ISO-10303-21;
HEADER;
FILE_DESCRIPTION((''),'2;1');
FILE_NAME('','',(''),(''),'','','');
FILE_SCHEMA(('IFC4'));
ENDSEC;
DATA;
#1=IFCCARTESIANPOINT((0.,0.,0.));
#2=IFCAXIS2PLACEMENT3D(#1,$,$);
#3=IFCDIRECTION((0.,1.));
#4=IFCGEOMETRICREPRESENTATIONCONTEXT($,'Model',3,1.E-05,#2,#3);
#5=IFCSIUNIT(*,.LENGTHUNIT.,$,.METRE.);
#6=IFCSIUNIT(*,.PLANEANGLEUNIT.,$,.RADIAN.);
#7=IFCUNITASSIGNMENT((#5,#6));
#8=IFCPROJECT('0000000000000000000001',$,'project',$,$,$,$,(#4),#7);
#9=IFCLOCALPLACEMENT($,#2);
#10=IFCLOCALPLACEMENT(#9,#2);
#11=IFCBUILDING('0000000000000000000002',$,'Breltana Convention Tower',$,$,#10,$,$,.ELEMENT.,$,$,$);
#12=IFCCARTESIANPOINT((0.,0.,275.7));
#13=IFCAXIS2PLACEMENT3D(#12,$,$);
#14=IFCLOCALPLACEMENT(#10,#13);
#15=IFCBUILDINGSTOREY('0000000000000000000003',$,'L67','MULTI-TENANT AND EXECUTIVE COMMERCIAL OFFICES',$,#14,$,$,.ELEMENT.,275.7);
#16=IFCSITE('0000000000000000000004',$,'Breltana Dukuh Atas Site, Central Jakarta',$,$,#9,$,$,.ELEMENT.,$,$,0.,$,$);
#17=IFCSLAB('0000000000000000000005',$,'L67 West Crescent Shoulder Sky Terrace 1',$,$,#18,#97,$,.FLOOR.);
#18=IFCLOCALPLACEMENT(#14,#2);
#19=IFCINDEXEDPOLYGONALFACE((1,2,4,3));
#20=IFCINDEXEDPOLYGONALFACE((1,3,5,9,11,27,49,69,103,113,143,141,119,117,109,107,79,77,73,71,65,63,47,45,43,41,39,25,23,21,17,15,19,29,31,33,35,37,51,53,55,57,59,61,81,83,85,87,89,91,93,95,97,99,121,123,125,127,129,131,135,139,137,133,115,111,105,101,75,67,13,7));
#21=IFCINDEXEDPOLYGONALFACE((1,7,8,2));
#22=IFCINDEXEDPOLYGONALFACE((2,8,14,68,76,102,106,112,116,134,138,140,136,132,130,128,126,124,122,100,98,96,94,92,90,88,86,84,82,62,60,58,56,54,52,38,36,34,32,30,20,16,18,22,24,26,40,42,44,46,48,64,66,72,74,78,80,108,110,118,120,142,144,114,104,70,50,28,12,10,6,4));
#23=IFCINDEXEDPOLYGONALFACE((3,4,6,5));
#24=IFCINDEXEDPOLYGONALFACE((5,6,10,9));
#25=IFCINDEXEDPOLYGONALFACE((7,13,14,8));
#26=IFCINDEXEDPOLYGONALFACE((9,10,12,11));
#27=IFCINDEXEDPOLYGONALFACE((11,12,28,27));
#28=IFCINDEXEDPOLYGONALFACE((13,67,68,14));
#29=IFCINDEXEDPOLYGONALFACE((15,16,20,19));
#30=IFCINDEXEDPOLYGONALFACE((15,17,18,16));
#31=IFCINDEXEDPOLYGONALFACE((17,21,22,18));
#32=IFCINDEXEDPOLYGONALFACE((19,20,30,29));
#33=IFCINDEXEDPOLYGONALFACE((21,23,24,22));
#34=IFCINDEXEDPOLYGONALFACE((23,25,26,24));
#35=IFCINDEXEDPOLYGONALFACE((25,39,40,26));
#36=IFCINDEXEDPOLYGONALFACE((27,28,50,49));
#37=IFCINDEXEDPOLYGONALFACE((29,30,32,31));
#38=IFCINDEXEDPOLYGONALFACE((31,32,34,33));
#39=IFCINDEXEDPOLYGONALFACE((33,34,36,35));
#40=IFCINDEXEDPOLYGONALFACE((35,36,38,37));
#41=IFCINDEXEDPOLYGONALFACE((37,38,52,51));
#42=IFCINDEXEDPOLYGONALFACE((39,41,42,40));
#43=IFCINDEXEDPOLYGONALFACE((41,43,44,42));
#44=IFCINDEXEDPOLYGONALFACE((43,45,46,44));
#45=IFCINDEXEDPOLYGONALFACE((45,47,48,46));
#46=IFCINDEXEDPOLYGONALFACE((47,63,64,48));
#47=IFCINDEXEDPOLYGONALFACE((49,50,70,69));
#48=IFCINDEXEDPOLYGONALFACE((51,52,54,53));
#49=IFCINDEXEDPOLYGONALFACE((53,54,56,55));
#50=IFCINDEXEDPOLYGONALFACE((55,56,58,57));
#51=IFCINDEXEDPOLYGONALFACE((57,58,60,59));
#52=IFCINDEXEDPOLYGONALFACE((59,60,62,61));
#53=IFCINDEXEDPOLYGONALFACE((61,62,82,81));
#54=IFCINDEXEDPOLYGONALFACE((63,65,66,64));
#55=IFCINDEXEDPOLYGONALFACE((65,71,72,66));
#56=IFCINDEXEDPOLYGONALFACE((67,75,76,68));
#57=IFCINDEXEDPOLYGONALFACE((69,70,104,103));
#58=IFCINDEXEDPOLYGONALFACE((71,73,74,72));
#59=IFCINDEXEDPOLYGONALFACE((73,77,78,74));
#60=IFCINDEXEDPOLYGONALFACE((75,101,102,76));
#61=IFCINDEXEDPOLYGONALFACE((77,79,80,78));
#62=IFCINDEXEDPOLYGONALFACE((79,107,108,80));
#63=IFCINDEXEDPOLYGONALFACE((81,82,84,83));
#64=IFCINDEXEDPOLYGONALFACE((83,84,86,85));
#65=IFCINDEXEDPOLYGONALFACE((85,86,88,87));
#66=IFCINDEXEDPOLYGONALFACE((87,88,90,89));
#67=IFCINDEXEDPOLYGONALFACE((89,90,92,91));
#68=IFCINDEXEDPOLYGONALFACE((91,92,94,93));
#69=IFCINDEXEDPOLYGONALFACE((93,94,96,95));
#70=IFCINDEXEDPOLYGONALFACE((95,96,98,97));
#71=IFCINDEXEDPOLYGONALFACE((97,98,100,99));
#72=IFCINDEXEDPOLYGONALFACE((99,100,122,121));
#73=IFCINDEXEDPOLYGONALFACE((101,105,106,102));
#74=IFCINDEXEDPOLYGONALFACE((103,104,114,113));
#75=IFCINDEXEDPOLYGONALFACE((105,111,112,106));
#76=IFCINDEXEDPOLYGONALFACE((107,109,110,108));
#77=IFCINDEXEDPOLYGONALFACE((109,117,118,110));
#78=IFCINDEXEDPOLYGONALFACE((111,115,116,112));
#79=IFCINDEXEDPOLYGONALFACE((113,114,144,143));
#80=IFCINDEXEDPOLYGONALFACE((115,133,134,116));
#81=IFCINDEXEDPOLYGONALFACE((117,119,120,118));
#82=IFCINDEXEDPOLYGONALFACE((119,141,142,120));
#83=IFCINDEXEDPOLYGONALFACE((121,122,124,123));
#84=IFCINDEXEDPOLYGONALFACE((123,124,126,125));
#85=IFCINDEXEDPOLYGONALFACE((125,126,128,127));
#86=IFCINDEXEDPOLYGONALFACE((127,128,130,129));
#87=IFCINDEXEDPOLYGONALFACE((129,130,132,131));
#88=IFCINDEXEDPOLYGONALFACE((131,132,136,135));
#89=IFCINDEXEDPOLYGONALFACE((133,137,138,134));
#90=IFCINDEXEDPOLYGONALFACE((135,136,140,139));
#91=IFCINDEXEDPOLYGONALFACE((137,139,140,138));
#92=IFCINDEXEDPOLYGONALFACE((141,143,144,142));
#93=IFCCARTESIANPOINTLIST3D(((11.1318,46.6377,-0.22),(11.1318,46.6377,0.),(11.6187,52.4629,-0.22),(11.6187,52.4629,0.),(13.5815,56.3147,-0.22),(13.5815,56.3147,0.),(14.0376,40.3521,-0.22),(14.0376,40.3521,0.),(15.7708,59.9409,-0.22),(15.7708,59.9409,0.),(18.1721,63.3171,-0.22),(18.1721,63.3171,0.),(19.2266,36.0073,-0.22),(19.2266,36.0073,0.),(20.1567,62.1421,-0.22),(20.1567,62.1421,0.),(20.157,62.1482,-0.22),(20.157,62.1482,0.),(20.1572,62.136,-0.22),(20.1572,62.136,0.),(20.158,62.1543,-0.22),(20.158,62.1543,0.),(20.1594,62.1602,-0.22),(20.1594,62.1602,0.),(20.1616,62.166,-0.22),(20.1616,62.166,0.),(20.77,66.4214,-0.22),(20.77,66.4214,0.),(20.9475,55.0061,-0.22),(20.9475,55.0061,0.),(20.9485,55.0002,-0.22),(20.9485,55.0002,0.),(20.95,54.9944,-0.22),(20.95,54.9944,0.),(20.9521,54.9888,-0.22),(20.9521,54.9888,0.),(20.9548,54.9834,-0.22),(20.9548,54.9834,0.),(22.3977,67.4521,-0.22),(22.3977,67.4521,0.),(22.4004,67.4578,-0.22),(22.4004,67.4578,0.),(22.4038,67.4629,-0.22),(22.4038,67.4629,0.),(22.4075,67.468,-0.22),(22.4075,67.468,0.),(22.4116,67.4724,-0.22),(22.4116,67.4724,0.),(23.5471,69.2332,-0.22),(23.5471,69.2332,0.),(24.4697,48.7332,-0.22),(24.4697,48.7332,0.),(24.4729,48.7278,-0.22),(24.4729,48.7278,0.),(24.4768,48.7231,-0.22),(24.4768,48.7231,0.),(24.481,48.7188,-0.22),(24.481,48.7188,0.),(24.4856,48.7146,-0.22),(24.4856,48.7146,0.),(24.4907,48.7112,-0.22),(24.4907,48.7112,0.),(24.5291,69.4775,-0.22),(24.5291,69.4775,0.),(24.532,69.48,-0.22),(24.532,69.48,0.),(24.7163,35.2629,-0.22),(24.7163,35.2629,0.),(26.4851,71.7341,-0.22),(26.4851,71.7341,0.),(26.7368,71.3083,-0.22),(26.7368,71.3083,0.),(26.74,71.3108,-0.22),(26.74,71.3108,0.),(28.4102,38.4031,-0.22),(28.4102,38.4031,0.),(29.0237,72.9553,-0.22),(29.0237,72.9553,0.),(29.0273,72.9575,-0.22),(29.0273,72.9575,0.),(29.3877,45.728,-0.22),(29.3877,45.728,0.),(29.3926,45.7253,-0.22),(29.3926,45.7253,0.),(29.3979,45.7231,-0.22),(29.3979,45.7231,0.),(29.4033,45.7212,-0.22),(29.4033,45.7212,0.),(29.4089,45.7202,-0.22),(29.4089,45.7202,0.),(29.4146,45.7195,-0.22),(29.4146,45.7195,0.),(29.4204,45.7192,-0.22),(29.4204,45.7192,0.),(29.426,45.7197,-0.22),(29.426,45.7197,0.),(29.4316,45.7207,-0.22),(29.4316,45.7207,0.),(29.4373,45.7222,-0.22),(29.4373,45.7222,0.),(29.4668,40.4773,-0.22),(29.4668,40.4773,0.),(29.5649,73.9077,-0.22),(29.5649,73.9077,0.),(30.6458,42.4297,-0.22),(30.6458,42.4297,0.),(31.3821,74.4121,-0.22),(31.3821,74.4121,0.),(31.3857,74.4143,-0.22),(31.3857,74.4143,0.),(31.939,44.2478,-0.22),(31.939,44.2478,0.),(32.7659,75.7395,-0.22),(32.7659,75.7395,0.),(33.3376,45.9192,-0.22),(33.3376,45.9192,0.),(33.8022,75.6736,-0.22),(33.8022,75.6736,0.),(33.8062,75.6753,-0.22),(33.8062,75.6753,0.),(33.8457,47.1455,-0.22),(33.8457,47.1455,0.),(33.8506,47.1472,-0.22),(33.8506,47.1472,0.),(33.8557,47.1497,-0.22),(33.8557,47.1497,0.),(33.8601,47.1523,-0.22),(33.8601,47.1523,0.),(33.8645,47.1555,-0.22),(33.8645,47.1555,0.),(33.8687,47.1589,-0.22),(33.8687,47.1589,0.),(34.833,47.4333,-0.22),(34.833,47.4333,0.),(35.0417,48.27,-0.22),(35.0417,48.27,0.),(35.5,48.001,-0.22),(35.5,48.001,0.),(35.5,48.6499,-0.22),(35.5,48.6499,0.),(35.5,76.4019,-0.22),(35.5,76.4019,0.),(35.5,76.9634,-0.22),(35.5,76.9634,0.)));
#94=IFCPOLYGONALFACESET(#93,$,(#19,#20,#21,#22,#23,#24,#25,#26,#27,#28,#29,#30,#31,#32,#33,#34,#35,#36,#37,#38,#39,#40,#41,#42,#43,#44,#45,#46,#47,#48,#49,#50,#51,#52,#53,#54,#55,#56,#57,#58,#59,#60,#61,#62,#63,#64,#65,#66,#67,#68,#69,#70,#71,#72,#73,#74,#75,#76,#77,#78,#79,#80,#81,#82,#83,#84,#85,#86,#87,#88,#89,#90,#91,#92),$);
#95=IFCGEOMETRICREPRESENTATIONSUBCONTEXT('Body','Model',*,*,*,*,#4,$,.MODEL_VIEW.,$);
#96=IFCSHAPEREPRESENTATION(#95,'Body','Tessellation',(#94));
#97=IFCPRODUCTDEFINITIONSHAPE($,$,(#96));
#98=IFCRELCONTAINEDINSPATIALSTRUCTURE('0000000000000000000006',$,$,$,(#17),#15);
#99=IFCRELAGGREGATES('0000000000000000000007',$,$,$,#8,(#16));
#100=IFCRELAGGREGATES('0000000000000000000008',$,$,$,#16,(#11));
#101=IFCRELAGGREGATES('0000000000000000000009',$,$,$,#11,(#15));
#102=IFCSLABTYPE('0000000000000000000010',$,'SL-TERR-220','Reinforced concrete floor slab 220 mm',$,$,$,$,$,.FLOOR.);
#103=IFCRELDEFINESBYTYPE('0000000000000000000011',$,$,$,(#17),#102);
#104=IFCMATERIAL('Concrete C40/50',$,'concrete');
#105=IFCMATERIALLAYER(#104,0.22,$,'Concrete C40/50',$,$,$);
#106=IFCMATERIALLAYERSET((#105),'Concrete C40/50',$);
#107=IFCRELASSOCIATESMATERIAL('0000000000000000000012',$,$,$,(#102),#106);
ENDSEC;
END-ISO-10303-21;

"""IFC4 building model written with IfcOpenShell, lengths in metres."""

from ifc_helpers import new_model, si_unit, direction, frame, origin, place, context, subcontext, project, spatial, polyline, outline, extrude, material, layer, layer_set, type_object, element, save


model = new_model("IFC4")

# Units and contexts
model_context = context("Model", 3, precision=1e-05, world=origin(), true_north=direction((0.0, 1.0)))
body_context = subcontext(model_context, "Body", "Model", "MODEL_VIEW")
ifc_project = project(units=[si_unit("LENGTHUNIT", "METRE"), si_unit("PLANEANGLEUNIT", "RADIAN")], contexts=[model_context])

# Site, building, storey
site_placement = place(None, origin())
site = spatial("IfcSite", under=ifc_project, at=site_placement, Name="Breltana Dukuh Atas Site, Central Jakarta", CompositionType="ELEMENT", RefElevation=0.0)
building_placement = place(site_placement, origin())
building = spatial("IfcBuilding", under=site, at=building_placement, Name="Breltana Convention Tower", CompositionType="ELEMENT")
storey_placement = place(building_placement, frame((0.0, 0.0, 275.7)))
storey = spatial("IfcBuildingStorey", under=building, at=storey_placement, Name="L67", Description="MULTI-TENANT AND EXECUTIVE COMMERCIAL OFFICES", CompositionType="ELEMENT", Elevation=275.7)

# Shared definitions
ifc_material_1 = material(Name="Concrete C40/50", Category="concrete")

# Slab
ifc_layer_1 = layer(ifc_material_1, 0.22, Name="Concrete C40/50")
ifc_layer_set_1 = layer_set([ifc_layer_1], Name="Concrete C40/50")
slab_type_1 = type_object("IfcSlabType", Name="SL-TERR-220", Description="Reinforced concrete floor slab 220 mm", PredefinedType="FLOOR", material=ifc_layer_set_1)
slab_1_placement = place(storey_placement, frame((0.0, 0.0, -0.22)))
element("IfcSlab", 1, at=slab_1_placement, inside=storey, type_object=slab_type_1, Name="L67 West Crescent Shoulder Sky Terrace 1", PredefinedType="FLOOR", context=body_context, shape_type="SweptSolid", body=[
    extrude(outline(polyline([(34.833, 47.4333), (33.3376, 45.9192), (31.939, 44.2478), (30.6458, 42.4297), (29.4668, 40.4773), (28.4102, 38.4031), (24.7163, 35.2629), (19.2266, 36.0073), (14.0376, 40.3521), (11.1318, 46.6377), (11.6187, 52.4629), (13.5815, 56.3147), (15.7708, 59.9409), (18.1721, 63.3171), (20.77, 66.4214), (23.5471, 69.2332), (26.4851, 71.7341), (29.5649, 73.9077), (32.7659, 75.7395), (35.5, 76.9634), (35.5, 76.4019), (33.8062, 75.6753), (33.8022, 75.6736), (31.3857, 74.4143), (31.3821, 74.4121), (29.0273, 72.9575), (29.0237, 72.9553), (26.74, 71.3108), (26.7368, 71.3083), (24.532, 69.48), (24.5291, 69.4775), (22.4116, 67.4724), (22.4075, 67.468), (22.4038, 67.4629), (22.4004, 67.4578), (22.3977, 67.4521), (20.1616, 62.166), (20.1594, 62.1602), (20.158, 62.1543), (20.157, 62.1482), (20.1567, 62.1421), (20.1572, 62.136), (20.9475, 55.0061), (20.9485, 55.0002), (20.95, 54.9944), (20.9521, 54.9888), (20.9548, 54.9834), (24.4697, 48.7332), (24.4729, 48.7278), (24.4768, 48.7231), (24.481, 48.7188), (24.4856, 48.7146), (24.4907, 48.7112), (29.3877, 45.728), (29.3926, 45.7253), (29.3979, 45.7231), (29.4033, 45.7212), (29.4089, 45.7202), (29.4146, 45.7195), (29.4204, 45.7192), (29.426, 45.7197), (29.4316, 45.7207), (29.4373, 45.7222), (33.8457, 47.1455), (33.8506, 47.1472), (33.8557, 47.1497), (33.8601, 47.1523), (33.8645, 47.1555), (33.8687, 47.1589), (35.0417, 48.27), (35.5, 48.6499), (35.5, 48.001), (34.833, 47.4333)])), origin(), (0.0, 0.0, 1.0), 0.22),
])

save(model, "model.ifc")
